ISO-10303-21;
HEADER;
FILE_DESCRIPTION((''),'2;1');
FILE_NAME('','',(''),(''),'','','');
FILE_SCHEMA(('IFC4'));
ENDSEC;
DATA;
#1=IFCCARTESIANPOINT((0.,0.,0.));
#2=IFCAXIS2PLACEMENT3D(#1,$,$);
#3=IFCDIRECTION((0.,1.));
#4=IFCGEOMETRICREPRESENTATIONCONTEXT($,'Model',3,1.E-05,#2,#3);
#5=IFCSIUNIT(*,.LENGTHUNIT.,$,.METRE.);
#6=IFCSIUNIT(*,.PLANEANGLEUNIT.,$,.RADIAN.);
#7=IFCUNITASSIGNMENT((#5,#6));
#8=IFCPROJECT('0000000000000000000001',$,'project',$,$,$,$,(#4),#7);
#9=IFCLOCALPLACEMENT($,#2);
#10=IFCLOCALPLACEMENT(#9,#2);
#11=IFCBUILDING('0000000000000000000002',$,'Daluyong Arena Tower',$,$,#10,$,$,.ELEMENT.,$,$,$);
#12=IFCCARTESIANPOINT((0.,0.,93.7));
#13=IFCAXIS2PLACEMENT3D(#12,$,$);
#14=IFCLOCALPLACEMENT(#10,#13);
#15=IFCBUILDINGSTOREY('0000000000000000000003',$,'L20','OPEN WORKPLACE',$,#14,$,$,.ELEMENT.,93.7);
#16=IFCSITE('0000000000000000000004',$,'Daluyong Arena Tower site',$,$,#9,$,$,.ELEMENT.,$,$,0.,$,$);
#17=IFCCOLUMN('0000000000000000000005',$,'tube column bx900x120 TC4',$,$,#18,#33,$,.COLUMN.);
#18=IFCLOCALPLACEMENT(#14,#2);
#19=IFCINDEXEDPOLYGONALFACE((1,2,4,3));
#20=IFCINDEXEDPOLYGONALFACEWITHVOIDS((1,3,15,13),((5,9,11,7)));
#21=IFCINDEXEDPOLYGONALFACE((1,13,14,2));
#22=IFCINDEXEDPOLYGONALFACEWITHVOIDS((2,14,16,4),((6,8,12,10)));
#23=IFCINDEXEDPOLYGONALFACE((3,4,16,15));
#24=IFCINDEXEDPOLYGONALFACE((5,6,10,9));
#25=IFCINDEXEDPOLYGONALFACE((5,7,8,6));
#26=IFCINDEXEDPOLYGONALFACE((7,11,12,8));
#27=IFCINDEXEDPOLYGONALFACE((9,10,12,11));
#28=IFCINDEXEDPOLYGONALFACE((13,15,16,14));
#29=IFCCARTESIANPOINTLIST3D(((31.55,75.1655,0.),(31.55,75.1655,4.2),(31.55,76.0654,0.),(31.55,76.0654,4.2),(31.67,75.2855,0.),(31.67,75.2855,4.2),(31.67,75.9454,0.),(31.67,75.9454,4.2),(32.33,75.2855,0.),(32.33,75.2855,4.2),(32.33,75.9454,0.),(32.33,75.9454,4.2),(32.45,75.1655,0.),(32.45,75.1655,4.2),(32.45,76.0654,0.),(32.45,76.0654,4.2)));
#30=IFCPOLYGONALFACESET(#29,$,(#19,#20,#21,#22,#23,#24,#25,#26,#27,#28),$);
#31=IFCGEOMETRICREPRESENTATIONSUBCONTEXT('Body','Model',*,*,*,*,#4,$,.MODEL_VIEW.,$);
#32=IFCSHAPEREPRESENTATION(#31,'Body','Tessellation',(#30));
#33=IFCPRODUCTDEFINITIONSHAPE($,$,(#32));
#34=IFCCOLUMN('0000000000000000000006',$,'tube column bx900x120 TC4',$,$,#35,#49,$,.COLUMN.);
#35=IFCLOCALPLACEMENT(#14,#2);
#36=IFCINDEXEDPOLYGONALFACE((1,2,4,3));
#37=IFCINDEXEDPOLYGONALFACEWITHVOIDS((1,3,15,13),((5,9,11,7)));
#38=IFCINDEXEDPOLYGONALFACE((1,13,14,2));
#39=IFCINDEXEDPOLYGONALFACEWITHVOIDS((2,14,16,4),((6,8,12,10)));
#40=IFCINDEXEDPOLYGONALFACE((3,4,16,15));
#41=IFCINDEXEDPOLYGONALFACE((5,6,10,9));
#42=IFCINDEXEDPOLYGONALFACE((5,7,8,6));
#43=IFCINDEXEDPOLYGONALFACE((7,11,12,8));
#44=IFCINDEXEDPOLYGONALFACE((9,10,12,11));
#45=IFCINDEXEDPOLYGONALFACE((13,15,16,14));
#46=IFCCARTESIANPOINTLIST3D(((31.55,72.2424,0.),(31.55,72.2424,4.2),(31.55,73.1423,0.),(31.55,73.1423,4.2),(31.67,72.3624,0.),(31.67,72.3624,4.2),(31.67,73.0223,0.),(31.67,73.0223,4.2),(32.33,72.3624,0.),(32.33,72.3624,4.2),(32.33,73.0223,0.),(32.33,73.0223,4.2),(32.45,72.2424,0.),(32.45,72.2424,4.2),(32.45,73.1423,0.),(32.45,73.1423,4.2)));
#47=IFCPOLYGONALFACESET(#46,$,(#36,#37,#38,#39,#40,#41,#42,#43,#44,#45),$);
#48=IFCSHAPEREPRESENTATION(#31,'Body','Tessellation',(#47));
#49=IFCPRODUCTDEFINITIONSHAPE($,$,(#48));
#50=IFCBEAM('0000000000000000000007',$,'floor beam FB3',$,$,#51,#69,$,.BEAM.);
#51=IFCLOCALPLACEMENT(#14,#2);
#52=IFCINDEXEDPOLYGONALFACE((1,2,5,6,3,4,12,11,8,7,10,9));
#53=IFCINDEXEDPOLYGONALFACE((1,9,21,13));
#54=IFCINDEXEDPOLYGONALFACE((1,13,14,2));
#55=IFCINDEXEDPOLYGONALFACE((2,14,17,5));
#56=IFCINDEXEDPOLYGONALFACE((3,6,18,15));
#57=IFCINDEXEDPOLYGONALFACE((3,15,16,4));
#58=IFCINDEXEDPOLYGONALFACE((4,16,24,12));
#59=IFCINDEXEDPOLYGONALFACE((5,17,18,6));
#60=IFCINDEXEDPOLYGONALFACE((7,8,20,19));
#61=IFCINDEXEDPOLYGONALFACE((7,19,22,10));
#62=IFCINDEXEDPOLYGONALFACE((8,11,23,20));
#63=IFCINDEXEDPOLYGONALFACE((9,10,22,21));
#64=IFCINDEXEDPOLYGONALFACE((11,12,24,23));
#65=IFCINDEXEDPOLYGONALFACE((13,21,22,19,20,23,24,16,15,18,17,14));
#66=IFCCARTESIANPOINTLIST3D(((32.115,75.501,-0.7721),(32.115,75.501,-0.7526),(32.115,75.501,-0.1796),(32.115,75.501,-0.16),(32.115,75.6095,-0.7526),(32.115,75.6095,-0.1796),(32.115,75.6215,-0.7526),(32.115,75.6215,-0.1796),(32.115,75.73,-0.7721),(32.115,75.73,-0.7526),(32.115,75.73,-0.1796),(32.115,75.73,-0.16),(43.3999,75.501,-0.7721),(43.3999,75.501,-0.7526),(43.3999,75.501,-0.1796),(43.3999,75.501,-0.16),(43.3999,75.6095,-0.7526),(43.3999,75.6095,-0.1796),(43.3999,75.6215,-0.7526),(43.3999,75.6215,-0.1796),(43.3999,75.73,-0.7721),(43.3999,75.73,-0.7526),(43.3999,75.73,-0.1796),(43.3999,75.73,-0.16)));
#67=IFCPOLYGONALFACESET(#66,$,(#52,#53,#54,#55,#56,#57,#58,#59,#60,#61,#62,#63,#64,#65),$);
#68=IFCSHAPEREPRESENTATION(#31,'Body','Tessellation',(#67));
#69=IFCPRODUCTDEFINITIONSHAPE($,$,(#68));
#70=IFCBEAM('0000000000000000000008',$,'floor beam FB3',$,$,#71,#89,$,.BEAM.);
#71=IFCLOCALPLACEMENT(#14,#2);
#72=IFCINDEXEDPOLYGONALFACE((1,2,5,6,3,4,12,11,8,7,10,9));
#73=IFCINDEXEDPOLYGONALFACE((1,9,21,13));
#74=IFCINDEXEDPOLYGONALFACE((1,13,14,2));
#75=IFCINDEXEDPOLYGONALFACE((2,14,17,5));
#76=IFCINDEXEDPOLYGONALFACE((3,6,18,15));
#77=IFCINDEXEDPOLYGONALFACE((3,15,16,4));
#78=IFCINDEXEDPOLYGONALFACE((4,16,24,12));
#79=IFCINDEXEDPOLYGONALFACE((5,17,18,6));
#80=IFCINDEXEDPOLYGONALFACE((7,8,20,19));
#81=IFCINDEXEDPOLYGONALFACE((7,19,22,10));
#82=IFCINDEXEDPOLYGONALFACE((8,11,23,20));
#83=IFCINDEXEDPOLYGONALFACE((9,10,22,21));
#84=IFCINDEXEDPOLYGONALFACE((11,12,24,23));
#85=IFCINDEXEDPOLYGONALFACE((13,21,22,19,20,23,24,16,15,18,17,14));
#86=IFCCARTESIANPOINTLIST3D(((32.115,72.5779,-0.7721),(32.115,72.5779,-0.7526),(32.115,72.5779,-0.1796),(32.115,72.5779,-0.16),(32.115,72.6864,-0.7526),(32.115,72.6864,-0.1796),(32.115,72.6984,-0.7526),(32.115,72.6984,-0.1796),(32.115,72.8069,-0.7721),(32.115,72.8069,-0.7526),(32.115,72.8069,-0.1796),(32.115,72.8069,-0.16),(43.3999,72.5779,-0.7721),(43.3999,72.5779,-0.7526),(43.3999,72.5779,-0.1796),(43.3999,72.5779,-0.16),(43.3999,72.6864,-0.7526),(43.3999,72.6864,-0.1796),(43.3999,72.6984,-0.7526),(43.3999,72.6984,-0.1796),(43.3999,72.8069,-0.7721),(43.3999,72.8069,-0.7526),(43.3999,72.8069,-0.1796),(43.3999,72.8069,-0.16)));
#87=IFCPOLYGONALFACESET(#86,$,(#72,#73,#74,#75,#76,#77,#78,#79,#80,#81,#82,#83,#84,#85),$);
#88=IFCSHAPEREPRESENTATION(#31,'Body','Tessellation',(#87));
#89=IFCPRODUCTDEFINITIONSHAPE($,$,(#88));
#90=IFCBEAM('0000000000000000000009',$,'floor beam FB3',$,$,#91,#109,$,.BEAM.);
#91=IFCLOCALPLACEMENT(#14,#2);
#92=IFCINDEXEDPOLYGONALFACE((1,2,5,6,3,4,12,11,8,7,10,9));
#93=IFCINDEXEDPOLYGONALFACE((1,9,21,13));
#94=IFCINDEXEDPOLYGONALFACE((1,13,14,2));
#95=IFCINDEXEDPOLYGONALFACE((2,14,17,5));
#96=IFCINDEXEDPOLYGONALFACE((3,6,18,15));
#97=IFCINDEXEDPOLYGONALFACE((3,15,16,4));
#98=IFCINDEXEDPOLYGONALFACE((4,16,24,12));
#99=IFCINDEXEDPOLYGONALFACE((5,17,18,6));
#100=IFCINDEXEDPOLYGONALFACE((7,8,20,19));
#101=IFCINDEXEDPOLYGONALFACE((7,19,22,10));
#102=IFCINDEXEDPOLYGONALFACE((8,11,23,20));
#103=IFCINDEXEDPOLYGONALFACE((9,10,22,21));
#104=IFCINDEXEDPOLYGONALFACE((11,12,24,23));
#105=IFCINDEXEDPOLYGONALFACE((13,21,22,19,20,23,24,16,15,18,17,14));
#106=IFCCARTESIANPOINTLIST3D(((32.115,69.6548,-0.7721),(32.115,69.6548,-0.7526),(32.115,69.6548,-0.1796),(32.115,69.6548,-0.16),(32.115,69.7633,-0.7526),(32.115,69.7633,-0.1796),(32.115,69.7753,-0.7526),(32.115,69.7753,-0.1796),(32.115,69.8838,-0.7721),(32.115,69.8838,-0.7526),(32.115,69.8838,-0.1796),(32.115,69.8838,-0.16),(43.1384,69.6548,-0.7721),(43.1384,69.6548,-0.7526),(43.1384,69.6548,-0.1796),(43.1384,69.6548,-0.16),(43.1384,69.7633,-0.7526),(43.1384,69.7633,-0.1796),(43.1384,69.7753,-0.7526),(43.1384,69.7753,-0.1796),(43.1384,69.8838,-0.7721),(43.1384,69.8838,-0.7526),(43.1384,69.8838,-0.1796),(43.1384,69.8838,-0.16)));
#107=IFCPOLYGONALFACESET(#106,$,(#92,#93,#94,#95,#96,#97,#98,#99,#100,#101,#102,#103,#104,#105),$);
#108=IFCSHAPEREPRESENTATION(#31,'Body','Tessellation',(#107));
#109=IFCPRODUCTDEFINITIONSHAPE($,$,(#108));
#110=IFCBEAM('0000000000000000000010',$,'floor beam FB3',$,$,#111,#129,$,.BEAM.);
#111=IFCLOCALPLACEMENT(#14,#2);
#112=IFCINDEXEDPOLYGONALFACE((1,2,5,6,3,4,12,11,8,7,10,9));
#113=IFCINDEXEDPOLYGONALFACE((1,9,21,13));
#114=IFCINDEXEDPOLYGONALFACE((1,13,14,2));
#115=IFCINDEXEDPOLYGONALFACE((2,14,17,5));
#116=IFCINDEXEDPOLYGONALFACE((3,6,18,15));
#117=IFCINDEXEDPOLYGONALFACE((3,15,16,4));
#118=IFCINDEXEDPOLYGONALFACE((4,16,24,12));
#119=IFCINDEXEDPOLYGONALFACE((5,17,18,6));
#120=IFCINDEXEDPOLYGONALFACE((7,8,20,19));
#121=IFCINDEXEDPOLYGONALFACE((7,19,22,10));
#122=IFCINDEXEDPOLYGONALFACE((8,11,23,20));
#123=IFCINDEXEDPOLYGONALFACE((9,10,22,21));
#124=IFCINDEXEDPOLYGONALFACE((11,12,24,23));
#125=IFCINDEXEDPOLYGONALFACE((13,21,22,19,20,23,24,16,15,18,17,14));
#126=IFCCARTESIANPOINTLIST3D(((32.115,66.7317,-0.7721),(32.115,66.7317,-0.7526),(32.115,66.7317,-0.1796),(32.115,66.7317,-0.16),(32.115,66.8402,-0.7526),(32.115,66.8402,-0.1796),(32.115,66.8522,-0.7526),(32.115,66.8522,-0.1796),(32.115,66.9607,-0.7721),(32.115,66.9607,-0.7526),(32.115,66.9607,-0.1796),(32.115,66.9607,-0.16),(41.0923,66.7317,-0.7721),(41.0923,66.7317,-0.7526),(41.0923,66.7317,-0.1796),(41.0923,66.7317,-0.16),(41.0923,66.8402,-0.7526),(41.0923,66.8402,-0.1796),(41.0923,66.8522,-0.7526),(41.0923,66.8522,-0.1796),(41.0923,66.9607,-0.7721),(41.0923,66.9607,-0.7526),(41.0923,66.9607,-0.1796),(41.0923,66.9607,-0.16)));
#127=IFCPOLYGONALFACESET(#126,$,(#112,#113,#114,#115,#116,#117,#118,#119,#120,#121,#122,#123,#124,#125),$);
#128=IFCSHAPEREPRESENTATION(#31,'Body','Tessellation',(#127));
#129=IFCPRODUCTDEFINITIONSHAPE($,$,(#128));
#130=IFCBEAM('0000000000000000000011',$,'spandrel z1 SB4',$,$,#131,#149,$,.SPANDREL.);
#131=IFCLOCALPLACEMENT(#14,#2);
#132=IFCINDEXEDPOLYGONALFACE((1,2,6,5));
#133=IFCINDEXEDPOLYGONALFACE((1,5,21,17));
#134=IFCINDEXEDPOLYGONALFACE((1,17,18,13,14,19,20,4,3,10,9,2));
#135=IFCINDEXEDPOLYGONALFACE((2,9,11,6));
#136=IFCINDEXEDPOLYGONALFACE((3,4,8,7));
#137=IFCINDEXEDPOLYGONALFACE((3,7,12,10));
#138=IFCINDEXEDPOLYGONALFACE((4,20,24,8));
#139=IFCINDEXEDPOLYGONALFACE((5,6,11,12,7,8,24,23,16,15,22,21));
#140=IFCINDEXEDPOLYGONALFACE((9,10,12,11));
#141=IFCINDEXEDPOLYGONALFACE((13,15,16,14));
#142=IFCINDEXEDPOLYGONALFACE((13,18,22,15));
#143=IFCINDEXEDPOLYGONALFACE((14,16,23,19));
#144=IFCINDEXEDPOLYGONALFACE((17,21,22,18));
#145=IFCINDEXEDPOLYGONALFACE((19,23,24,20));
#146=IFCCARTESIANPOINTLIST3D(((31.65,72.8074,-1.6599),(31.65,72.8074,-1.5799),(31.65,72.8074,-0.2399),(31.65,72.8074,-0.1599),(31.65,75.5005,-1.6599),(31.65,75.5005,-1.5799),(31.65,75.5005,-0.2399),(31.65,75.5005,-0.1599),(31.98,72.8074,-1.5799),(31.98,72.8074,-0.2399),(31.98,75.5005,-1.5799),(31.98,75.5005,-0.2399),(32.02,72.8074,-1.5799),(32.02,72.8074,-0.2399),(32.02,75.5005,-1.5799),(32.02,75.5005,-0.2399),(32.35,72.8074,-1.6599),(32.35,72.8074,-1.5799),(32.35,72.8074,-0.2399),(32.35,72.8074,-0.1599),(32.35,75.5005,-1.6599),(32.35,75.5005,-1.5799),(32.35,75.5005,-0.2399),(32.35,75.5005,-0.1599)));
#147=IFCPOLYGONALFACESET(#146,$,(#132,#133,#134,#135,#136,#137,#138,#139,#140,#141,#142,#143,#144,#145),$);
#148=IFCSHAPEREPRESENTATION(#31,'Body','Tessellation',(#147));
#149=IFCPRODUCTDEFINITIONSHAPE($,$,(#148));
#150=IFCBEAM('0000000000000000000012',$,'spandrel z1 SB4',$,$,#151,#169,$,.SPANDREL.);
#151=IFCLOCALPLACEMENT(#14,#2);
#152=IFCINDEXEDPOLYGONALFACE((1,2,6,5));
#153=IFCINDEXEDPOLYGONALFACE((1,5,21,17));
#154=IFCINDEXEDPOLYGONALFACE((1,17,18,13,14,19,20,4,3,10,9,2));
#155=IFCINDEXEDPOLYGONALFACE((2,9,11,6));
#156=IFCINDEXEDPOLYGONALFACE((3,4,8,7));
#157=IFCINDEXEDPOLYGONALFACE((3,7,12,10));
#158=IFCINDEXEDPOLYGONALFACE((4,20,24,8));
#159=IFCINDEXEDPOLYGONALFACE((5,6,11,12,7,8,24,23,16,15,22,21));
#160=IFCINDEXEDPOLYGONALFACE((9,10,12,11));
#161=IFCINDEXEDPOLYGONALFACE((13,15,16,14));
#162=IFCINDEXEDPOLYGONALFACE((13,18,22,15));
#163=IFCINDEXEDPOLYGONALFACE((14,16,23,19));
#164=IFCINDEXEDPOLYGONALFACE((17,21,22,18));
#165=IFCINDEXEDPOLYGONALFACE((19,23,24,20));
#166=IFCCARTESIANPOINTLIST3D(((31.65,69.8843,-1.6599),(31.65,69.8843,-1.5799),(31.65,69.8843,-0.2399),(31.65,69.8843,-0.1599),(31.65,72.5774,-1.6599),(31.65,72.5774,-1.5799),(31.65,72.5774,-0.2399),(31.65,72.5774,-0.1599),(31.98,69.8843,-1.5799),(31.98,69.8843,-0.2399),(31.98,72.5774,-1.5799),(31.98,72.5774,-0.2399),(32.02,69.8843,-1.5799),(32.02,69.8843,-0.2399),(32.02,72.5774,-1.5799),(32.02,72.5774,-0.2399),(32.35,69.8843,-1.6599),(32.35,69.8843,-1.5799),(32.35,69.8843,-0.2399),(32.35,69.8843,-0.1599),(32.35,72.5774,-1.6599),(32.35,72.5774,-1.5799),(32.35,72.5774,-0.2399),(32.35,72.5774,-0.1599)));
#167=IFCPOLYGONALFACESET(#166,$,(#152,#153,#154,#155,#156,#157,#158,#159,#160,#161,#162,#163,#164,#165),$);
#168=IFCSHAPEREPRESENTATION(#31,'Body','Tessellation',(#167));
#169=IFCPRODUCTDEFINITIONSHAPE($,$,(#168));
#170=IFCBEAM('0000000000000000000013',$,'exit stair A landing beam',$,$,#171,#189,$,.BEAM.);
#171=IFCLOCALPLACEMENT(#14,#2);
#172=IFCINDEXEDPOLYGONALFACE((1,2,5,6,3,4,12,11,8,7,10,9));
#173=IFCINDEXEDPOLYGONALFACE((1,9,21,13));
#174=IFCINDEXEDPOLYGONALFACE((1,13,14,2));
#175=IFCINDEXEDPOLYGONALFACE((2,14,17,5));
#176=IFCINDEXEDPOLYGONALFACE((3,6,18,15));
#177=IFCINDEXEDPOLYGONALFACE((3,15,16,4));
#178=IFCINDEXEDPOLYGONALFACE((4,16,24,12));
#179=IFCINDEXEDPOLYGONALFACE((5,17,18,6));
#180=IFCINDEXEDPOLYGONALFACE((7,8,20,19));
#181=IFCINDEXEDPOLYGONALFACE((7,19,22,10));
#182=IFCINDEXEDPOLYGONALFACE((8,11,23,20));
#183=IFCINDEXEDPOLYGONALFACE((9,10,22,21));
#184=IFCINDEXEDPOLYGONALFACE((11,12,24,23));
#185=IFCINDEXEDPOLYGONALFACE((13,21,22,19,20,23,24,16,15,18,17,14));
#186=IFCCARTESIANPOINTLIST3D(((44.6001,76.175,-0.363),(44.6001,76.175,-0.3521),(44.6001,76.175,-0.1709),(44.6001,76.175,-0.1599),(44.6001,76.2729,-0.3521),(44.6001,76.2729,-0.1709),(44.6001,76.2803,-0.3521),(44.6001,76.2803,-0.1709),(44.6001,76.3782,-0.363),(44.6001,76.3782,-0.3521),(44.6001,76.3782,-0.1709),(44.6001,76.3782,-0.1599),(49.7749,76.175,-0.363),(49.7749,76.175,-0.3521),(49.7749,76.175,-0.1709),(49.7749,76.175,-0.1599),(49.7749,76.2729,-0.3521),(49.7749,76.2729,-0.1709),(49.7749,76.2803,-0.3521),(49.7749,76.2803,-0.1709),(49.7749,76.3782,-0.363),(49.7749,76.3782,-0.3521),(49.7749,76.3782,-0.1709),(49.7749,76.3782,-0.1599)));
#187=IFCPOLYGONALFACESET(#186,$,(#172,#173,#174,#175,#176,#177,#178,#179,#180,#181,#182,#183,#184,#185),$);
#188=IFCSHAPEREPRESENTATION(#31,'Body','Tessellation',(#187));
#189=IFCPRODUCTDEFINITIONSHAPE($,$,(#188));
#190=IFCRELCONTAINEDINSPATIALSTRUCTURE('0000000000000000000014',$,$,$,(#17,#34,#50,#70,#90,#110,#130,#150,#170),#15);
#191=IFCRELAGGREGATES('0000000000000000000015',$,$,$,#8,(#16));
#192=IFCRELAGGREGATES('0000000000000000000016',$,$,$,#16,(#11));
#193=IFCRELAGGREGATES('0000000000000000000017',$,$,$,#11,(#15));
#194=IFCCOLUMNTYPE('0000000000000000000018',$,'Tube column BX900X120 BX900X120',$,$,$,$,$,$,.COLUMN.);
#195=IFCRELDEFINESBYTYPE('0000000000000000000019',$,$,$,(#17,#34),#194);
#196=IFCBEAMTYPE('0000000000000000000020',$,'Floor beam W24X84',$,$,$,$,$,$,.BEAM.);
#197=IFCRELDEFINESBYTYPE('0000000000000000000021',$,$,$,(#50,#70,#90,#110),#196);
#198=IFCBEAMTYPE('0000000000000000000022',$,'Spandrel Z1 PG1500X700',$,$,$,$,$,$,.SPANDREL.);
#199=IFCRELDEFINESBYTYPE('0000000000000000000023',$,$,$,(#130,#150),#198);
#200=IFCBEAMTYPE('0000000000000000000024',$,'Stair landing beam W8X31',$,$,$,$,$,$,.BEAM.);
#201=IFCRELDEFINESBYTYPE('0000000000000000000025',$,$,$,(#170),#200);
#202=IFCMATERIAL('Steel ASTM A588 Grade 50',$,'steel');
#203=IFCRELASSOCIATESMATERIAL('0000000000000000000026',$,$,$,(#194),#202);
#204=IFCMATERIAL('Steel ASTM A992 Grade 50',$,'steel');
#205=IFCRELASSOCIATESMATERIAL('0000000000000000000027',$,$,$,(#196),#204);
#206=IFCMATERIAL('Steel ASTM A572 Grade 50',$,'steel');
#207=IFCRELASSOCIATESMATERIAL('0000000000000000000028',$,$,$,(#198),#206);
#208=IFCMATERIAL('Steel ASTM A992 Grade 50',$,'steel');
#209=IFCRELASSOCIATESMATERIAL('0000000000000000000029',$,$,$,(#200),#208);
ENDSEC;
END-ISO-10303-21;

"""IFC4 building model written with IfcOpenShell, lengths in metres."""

from ifc_helpers import new_model, si_unit, direction, frame, origin, origin_2d, place, context, subcontext, project, spatial, hollow_rectangle, i_section, extrude, material, material_profile, profile_set, type_object, element, save


model = new_model("IFC4")

# Units and contexts
model_context = context("Model", 3, precision=1e-05, world=origin(), true_north=direction((0.0, 1.0)))
body_context = subcontext(model_context, "Body", "Model", "MODEL_VIEW")
ifc_project = project(units=[si_unit("LENGTHUNIT", "METRE"), si_unit("PLANEANGLEUNIT", "RADIAN")], contexts=[model_context])

# Site, building, storey
site_placement = place(None, origin())
site = spatial("IfcSite", under=ifc_project, at=site_placement, Name="Daluyong Arena Tower site", CompositionType="ELEMENT", RefElevation=0.0)
building_placement = place(site_placement, origin())
building = spatial("IfcBuilding", under=site, at=building_placement, Name="Daluyong Arena Tower", CompositionType="ELEMENT")
storey_placement = place(building_placement, frame((0.0, 0.0, 93.7)))
storey = spatial("IfcBuildingStorey", under=building, at=storey_placement, Name="L20", Description="OPEN WORKPLACE", CompositionType="ELEMENT", Elevation=93.7)

# Columns
ifc_material_1 = material(Name="Steel ASTM A588 Grade 50", Category="steel")
ifc_material_profile_1 = material_profile(ifc_material_1, hollow_rectangle(XDim=0.8999, YDim=0.8999, WallThickness=0.12, at=origin_2d()))
ifc_profile_set_1 = profile_set([ifc_material_profile_1], Name="Steel ASTM A588 Grade 50")
column_type = type_object("IfcColumnType", Name="Tube column BX900X120 BX900X120", PredefinedType="COLUMN", material=ifc_profile_set_1)
for number, where, z_axis, x_axis, name in (
    (1, (32.0, 75.6155, 0.0), (0.0, 0.0, 1.0), (0.0, 1.0, 0.0), "tube column bx900x120 TC4"),
    (2, (32.0, 72.6924, 0.0), (0.0, 0.0, 1.0), (0.0, 1.0, 0.0), "tube column bx900x120 TC4"),
):
    element("IfcColumn", number, at=place(storey_placement, frame(where, z_axis=z_axis, x_axis=x_axis)), inside=storey, type_object=column_type, Name=name, PredefinedType="COLUMN", context=body_context, shape_type="SweptSolid", body=[
        extrude(hollow_rectangle(XDim=0.8999, YDim=0.8999, WallThickness=0.12, at=origin_2d()), origin(), (0.0, 0.0, 1.0), 4.2),
    ])

# Beams
ifc_material_2 = material(Name="Steel ASTM A992 Grade 50", Category="steel")
ifc_material_profile_2 = material_profile(ifc_material_2, i_section(OverallWidth=0.229, OverallDepth=0.6121, WebThickness=0.012, FlangeThickness=0.0195, at=origin_2d()))
ifc_profile_set_2 = profile_set([ifc_material_profile_2], Name="Steel ASTM A992 Grade 50")
beam_type_1 = type_object("IfcBeamType", Name="Floor beam W24X84", PredefinedType="BEAM", material=ifc_profile_set_2)
for number, where, z_axis, x_axis, name in (
    (3, (32.115, 75.6155, -0.4661), (1.0, 0.0, 0.0), (0.0, 1.0, 0.0), "floor beam FB3"),
    (4, (32.115, 72.6924, -0.4661), (1.0, 0.0, 0.0), (0.0, 1.0, 0.0), "floor beam FB3"),
):
    element("IfcBeam", number, at=place(storey_placement, frame(where, z_axis=z_axis, x_axis=x_axis)), inside=storey, type_object=beam_type_1, Name=name, PredefinedType="BEAM", context=body_context, shape_type="SweptSolid", body=[
        extrude(i_section(OverallWidth=0.229, OverallDepth=0.6121, WebThickness=0.012, FlangeThickness=0.0195, at=origin_2d()), origin(), (0.0, 0.0, 1.0), 11.2849),
    ])
beam_1_placement = place(storey_placement, frame((32.115, 69.7693, -0.4661), z_axis=(1.0, 0.0, 0.0), x_axis=(0.0, 1.0, 0.0)))
element("IfcBeam", 5, at=beam_1_placement, inside=storey, type_object=beam_type_1, Name="floor beam FB3", PredefinedType="BEAM", context=body_context, shape_type="SweptSolid", body=[
    extrude(i_section(OverallWidth=0.229, OverallDepth=0.6121, WebThickness=0.012, FlangeThickness=0.0195, at=origin_2d()), origin(), (0.0, 0.0, 1.0), 11.0234),
])
beam_2_placement = place(storey_placement, frame((32.115, 66.8462, -0.4661), z_axis=(1.0, 0.0, 0.0), x_axis=(0.0, 1.0, 0.0)))
element("IfcBeam", 6, at=beam_2_placement, inside=storey, type_object=beam_type_1, Name="floor beam FB3", PredefinedType="BEAM", context=body_context, shape_type="SweptSolid", body=[
    extrude(i_section(OverallWidth=0.229, OverallDepth=0.6121, WebThickness=0.012, FlangeThickness=0.0195, at=origin_2d()), origin(), (0.0, 0.0, 1.0), 8.9773),
])
ifc_material_3 = material(Name="Steel ASTM A572 Grade 50", Category="steel")
ifc_material_profile_3 = material_profile(ifc_material_3, i_section(OverallWidth=0.7, OverallDepth=1.5, WebThickness=0.04, FlangeThickness=0.08, at=origin_2d()))
ifc_profile_set_3 = profile_set([ifc_material_profile_3], Name="Steel ASTM A572 Grade 50")
beam_type_2 = type_object("IfcBeamType", Name="Spandrel Z1 PG1500X700", PredefinedType="SPANDREL", material=ifc_profile_set_3)
for number, where, z_axis, x_axis, name in (
    (7, (32.0, 75.5005, -0.9099), (0.0, -1.0, 0.0), (1.0, 0.0, 0.0), "spandrel z1 SB4"),
    (8, (32.0, 72.5774, -0.9099), (0.0, -1.0, 0.0), (1.0, 0.0, 0.0), "spandrel z1 SB4"),
):
    element("IfcBeam", number, at=place(storey_placement, frame(where, z_axis=z_axis, x_axis=x_axis)), inside=storey, type_object=beam_type_2, Name=name, PredefinedType="SPANDREL", context=body_context, shape_type="SweptSolid", body=[
        extrude(i_section(OverallWidth=0.7, OverallDepth=1.5, WebThickness=0.04, FlangeThickness=0.08, at=origin_2d()), origin(), (0.0, 0.0, 1.0), 2.6931),
    ])
ifc_material_4 = material(Name="Steel ASTM A992 Grade 50", Category="steel")
ifc_material_profile_4 = material_profile(ifc_material_4, i_section(OverallWidth=0.2031, OverallDepth=0.2031, WebThickness=0.0073, FlangeThickness=0.011, at=origin_2d()))
ifc_profile_set_4 = profile_set([ifc_material_profile_4], Name="Steel ASTM A992 Grade 50")
beam_type_3 = type_object("IfcBeamType", Name="Stair landing beam W8X31", PredefinedType="BEAM", material=ifc_profile_set_4)
beam_3_placement = place(storey_placement, frame((44.6001, 76.2766, -0.2615), z_axis=(1.0, 0.0, 0.0), x_axis=(0.0, 1.0, 0.0)))
element("IfcBeam", 9, at=beam_3_placement, inside=storey, type_object=beam_type_3, Name="exit stair A landing beam", PredefinedType="BEAM", context=body_context, shape_type="SweptSolid", body=[
    extrude(i_section(OverallWidth=0.2031, OverallDepth=0.2031, WebThickness=0.0073, FlangeThickness=0.011, at=origin_2d()), origin(), (0.0, 0.0, 1.0), 5.1748),
])

save(model, "model.ifc")
